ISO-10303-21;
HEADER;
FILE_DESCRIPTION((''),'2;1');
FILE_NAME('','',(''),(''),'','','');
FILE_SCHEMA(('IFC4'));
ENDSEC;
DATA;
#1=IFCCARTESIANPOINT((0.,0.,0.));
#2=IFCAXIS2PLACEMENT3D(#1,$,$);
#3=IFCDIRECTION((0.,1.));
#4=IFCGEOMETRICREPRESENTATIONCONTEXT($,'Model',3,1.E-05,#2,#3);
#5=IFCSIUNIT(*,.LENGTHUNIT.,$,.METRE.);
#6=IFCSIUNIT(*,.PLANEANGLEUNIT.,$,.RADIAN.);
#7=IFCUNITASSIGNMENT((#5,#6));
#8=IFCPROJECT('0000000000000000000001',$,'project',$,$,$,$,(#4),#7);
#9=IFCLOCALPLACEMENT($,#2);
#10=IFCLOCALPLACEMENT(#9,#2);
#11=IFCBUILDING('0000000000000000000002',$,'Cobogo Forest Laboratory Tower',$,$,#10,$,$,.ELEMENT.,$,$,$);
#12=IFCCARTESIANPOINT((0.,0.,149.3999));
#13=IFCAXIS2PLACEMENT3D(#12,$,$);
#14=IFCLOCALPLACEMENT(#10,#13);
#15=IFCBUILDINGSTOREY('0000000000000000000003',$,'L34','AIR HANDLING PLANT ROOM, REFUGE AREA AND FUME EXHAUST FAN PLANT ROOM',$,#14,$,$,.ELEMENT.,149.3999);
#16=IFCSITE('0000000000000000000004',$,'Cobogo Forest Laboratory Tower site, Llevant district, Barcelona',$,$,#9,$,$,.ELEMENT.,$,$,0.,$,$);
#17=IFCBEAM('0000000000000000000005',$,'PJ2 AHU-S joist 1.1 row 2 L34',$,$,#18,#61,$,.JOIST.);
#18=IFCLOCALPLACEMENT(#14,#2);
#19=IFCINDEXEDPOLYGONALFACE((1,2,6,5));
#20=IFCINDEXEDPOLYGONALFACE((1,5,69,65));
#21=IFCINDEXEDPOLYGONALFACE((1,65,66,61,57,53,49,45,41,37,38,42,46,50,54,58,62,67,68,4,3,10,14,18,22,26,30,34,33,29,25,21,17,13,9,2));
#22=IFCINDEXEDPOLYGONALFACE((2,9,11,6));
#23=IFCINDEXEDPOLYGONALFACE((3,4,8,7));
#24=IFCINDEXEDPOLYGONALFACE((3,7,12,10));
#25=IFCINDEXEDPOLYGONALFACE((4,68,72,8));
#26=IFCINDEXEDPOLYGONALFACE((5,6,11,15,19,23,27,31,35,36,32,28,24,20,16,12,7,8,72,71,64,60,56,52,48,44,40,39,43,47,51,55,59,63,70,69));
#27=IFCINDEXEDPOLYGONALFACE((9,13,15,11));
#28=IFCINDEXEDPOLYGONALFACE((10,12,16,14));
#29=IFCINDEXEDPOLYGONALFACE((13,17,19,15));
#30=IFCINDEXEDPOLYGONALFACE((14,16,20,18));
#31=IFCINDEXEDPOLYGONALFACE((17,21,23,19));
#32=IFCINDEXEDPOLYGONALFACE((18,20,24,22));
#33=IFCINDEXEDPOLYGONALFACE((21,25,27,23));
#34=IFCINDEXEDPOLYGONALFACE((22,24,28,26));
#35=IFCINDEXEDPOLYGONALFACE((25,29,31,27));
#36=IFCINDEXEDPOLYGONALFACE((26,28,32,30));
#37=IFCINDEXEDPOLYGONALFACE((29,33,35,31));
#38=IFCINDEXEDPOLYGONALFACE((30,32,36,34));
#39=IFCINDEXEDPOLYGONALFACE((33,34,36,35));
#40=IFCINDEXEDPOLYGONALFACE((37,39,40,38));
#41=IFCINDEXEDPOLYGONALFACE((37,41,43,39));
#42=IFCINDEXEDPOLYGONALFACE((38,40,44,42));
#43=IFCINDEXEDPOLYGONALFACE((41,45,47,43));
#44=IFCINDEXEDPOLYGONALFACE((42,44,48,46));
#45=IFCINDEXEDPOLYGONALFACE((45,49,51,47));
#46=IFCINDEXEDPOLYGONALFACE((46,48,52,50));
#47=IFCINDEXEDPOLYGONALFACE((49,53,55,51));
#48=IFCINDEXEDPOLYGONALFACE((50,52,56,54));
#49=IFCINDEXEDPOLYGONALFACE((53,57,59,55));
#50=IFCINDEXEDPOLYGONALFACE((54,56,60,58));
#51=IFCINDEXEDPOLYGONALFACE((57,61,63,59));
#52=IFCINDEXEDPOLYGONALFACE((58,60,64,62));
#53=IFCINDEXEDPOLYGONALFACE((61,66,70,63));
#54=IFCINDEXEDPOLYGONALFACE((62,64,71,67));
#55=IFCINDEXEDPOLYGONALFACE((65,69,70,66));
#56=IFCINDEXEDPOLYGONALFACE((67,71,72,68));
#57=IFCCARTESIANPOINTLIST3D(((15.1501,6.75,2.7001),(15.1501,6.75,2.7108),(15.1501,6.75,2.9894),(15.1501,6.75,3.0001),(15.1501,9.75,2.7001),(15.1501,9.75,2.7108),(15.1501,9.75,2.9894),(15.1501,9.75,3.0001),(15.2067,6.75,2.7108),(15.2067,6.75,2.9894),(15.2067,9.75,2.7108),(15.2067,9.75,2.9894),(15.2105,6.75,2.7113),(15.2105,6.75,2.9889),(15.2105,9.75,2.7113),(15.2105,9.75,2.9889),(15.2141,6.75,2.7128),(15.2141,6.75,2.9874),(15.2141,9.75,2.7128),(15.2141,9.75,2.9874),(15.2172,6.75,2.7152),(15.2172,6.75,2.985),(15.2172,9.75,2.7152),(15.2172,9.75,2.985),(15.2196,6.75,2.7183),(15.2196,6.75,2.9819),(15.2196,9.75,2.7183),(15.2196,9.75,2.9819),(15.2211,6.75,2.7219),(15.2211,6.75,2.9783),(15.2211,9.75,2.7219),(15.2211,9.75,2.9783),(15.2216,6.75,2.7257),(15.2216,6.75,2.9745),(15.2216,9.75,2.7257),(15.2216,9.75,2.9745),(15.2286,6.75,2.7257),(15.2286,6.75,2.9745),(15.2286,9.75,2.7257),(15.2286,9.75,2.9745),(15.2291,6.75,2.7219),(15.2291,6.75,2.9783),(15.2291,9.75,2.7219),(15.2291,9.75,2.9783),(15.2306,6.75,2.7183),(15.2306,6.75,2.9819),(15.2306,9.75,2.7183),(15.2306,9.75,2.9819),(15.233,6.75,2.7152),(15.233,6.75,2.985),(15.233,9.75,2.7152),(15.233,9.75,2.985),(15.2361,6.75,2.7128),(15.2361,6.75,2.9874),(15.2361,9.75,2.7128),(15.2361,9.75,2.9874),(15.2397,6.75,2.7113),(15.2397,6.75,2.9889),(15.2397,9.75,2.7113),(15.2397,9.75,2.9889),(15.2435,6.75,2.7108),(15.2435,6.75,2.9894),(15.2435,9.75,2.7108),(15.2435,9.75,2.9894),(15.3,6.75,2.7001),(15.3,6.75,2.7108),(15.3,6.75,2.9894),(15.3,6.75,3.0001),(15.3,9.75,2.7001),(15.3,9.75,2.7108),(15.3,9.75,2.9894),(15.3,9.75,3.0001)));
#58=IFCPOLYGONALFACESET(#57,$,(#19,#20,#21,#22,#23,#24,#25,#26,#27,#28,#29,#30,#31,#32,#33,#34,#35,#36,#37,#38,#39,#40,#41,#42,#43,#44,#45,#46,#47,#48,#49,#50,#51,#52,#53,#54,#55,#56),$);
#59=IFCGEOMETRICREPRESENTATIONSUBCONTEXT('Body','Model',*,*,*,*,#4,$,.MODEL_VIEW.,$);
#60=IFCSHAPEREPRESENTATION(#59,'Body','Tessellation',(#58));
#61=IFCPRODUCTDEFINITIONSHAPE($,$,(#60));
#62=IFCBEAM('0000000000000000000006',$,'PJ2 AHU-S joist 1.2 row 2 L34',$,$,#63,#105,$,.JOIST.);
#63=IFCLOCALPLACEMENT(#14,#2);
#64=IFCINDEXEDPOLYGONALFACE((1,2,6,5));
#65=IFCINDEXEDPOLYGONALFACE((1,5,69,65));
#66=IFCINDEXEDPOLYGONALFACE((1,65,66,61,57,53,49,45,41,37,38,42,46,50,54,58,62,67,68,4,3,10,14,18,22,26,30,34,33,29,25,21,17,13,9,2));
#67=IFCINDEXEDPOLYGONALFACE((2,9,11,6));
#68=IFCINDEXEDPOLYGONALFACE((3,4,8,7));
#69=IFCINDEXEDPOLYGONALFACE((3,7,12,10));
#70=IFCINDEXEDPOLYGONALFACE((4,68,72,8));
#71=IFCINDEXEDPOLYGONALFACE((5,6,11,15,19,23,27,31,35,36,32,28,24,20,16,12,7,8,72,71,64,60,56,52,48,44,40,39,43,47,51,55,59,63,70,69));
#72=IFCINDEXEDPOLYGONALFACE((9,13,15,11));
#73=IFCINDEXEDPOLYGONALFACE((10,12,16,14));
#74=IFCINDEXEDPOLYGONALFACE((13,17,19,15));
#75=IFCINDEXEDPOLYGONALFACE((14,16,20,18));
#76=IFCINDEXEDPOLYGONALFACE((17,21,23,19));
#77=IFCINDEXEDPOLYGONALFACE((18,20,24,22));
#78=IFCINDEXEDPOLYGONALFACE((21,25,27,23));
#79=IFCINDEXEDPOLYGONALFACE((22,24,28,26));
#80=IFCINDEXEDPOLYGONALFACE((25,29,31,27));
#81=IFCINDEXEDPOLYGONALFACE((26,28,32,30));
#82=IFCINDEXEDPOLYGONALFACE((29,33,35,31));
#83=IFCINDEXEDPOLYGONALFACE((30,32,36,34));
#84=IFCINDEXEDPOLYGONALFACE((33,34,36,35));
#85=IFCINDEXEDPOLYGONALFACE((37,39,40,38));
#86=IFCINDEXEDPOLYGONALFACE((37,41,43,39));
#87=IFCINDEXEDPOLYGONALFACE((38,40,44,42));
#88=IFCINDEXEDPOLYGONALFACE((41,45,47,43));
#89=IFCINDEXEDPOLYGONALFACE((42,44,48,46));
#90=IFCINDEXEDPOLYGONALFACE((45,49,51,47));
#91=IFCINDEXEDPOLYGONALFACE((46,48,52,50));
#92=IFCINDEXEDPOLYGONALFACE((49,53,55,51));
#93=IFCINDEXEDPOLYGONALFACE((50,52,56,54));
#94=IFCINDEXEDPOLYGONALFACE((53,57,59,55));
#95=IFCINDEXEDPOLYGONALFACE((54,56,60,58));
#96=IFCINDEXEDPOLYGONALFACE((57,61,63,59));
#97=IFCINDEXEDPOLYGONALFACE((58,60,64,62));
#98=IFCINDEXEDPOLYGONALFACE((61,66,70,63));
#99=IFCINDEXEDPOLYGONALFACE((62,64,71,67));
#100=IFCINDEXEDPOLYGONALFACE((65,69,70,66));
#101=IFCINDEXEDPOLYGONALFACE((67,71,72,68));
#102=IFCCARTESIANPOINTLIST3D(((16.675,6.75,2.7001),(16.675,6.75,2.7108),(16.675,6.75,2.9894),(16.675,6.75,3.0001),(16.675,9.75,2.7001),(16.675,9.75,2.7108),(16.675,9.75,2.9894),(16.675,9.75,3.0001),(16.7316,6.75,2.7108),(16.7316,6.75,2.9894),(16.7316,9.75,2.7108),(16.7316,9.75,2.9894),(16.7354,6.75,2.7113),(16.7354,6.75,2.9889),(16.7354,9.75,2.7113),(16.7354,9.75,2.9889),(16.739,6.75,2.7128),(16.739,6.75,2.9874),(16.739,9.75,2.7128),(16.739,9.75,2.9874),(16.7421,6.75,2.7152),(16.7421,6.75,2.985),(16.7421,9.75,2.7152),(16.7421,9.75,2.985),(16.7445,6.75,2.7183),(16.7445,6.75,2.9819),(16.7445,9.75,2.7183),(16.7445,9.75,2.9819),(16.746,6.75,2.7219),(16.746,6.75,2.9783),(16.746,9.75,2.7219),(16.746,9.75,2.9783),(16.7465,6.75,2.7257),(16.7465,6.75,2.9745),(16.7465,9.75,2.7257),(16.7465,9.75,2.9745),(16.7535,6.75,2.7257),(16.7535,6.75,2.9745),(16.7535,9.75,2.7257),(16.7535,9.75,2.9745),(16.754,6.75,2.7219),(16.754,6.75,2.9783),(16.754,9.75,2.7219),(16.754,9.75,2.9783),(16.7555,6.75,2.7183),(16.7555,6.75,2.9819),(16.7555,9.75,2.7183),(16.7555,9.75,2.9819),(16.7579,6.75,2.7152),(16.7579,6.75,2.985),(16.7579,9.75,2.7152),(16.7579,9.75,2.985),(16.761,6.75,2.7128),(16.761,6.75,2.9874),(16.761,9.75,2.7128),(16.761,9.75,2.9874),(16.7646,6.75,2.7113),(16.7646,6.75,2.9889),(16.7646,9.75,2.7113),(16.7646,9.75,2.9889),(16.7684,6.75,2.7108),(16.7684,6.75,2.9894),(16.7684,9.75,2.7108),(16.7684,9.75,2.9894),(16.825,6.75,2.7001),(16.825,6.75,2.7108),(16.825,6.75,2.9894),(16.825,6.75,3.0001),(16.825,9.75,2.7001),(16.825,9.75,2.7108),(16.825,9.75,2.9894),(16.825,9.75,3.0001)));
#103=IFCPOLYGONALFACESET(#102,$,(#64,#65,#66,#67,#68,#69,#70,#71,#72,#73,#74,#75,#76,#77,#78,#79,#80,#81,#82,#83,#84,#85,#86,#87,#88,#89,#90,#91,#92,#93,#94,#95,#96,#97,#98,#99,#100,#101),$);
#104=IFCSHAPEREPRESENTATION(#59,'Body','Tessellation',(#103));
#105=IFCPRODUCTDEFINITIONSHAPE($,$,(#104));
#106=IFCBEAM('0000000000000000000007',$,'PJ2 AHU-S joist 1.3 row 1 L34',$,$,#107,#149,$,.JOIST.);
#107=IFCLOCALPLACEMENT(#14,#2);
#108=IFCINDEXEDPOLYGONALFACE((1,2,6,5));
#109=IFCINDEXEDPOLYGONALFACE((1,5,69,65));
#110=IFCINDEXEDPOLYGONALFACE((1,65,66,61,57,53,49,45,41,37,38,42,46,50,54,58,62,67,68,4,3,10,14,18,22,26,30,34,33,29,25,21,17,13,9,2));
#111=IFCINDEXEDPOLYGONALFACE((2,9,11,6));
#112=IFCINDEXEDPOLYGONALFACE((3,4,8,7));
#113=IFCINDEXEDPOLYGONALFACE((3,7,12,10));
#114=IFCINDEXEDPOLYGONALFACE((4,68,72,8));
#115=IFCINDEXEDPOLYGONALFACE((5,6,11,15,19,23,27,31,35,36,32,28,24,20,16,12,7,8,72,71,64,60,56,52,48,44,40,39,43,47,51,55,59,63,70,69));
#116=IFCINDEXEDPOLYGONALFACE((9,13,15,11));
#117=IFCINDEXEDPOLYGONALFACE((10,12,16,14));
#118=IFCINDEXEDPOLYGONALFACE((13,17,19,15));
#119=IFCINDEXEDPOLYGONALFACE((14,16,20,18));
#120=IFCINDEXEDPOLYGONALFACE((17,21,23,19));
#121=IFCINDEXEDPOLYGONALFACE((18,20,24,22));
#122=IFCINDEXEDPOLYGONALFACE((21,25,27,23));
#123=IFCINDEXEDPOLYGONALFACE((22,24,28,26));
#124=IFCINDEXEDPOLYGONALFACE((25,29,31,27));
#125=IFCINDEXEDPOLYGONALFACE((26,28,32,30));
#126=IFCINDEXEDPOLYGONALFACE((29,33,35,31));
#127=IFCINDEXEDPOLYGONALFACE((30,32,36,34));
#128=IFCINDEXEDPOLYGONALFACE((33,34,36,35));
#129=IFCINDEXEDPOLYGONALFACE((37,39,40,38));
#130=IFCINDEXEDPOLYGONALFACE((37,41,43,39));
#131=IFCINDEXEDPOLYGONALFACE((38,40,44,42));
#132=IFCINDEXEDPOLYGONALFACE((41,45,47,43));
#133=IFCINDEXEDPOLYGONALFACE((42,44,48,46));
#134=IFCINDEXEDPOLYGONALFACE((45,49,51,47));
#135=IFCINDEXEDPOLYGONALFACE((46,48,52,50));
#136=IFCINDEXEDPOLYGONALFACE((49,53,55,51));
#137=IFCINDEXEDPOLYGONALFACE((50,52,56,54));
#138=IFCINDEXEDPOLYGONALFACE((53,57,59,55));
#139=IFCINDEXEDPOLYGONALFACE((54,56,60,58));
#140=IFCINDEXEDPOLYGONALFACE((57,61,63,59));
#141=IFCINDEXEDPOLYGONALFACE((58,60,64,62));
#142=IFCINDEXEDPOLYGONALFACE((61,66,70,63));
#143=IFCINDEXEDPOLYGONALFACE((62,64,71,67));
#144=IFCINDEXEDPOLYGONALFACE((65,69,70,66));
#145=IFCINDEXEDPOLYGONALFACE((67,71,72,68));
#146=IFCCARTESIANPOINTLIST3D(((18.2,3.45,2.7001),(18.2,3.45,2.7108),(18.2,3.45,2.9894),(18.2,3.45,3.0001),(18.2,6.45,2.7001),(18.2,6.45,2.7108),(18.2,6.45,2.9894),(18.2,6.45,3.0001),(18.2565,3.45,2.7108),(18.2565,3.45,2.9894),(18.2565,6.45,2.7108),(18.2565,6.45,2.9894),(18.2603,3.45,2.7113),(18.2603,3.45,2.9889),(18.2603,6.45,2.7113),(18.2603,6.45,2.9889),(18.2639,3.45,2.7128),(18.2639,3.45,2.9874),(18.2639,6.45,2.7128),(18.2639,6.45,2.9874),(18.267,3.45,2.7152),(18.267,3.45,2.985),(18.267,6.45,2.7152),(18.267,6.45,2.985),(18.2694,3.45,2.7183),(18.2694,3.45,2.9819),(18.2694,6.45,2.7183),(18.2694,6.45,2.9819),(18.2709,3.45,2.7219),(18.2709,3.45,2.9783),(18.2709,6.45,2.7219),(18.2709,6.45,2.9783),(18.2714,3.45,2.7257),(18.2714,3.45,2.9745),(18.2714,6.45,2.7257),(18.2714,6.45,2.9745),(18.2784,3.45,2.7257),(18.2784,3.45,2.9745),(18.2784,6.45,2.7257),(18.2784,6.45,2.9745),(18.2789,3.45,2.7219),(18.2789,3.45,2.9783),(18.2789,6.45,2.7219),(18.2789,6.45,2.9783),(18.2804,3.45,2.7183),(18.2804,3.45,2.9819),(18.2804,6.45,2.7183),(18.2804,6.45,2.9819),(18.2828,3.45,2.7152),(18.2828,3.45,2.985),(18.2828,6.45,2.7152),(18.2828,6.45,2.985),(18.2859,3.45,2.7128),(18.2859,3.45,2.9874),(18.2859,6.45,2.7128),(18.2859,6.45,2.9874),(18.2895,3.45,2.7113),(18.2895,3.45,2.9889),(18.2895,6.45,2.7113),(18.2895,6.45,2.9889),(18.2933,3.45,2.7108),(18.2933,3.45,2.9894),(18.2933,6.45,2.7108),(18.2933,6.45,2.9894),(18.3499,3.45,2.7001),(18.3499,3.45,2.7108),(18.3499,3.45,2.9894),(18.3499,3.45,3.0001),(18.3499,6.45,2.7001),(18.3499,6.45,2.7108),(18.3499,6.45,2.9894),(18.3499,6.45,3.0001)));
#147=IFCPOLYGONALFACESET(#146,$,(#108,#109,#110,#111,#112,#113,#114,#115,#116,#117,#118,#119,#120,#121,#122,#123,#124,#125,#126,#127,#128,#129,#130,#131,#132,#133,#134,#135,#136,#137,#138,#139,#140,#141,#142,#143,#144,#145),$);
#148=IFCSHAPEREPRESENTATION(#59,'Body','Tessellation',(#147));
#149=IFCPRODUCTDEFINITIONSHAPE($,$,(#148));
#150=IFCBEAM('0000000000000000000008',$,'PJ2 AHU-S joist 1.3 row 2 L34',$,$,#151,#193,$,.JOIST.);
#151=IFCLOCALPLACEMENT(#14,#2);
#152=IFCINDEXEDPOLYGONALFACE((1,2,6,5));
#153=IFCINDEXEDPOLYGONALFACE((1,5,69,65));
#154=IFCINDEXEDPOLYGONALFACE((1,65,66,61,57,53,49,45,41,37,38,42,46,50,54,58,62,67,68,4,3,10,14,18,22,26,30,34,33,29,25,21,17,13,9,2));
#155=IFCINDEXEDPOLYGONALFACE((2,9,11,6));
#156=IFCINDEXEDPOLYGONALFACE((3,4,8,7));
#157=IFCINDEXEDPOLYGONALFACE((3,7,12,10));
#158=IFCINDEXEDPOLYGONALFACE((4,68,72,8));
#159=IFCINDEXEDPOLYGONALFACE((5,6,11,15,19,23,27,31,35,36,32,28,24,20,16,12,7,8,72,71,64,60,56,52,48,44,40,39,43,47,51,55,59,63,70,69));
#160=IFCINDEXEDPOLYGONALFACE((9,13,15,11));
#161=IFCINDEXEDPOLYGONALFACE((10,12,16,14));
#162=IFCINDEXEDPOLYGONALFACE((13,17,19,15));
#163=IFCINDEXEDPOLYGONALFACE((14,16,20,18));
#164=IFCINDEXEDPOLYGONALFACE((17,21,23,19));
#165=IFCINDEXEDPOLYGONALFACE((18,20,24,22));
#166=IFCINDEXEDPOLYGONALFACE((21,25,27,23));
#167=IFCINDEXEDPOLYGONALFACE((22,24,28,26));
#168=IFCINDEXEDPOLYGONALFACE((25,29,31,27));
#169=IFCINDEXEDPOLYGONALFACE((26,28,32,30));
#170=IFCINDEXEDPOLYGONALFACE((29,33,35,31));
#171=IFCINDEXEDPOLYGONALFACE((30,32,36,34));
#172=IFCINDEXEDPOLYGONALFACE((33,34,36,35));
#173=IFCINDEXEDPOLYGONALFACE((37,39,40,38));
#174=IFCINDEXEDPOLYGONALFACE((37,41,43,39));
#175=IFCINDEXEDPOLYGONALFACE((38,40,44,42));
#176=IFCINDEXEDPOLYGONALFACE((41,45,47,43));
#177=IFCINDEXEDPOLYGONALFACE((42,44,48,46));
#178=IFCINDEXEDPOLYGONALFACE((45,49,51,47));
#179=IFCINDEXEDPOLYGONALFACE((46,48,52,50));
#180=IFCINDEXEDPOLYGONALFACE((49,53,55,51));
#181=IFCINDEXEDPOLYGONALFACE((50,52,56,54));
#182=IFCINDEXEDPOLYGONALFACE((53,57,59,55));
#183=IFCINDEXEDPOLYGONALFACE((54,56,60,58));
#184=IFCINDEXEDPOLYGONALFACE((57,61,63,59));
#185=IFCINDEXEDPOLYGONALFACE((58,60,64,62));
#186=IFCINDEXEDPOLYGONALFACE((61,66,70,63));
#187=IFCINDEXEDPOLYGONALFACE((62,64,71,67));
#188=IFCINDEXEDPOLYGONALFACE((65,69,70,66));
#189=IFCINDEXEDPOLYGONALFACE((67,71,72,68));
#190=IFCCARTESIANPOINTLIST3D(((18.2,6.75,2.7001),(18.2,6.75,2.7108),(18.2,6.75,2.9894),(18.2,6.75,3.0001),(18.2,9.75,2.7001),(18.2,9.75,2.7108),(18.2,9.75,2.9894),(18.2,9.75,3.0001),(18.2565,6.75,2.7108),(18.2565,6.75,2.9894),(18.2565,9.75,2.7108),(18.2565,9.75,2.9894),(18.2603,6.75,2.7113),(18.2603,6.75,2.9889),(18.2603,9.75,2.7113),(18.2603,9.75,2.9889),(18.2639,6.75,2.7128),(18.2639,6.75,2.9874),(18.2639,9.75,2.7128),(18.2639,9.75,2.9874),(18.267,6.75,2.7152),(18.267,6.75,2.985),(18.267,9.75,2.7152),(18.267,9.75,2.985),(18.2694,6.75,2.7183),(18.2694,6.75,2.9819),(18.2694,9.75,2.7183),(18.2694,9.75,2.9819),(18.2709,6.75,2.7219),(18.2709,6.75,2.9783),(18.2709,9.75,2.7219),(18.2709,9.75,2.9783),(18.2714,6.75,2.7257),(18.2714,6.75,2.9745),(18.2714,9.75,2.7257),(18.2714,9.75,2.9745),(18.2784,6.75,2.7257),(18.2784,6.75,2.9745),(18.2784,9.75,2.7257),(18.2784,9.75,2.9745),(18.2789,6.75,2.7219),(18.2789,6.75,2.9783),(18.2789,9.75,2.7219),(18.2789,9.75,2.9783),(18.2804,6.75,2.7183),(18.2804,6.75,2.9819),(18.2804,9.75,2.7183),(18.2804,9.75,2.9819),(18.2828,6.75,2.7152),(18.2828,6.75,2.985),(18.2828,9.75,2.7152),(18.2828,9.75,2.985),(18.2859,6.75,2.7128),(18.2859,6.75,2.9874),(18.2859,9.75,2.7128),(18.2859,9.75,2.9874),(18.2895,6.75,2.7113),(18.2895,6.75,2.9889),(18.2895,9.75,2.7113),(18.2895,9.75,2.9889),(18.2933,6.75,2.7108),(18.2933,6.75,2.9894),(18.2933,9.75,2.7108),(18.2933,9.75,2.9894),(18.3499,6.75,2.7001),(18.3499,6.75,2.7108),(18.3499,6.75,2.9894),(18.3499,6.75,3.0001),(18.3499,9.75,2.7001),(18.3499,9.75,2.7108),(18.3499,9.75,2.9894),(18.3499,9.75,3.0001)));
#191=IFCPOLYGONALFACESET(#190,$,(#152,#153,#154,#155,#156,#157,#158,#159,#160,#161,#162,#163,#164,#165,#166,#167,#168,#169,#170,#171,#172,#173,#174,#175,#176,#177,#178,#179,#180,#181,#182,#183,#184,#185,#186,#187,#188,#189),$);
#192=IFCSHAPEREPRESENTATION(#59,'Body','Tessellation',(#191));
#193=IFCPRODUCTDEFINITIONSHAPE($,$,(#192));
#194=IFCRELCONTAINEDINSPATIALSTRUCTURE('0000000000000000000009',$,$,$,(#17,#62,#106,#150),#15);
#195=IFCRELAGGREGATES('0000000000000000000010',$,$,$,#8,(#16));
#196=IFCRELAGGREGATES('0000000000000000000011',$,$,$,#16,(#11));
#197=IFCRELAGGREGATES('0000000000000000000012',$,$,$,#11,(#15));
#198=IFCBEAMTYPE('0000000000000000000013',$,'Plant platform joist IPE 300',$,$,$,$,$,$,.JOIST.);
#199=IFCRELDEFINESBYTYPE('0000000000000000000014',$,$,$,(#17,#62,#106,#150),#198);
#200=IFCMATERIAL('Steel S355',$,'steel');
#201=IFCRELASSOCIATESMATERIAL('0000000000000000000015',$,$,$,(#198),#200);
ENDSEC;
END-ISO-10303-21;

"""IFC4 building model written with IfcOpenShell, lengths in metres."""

from ifc_helpers import new_model, si_unit, direction, frame, origin, origin_2d, place, context, subcontext, project, spatial, i_section, extrude, material, material_profile, profile_set, type_object, element, save


model = new_model("IFC4")

# Units and contexts
model_context = context("Model", 3, precision=1e-05, world=origin(), true_north=direction((0.0, 1.0)))
body_context = subcontext(model_context, "Body", "Model", "MODEL_VIEW")
ifc_project = project(units=[si_unit("LENGTHUNIT", "METRE"), si_unit("PLANEANGLEUNIT", "RADIAN")], contexts=[model_context])

# Site, building, storey
site_placement = place(None, origin())
site = spatial("IfcSite", under=ifc_project, at=site_placement, Name="Cobogo Forest Laboratory Tower site, Llevant district, Barcelona", CompositionType="ELEMENT", RefElevation=0.0)
building_placement = place(site_placement, origin())
building = spatial("IfcBuilding", under=site, at=building_placement, Name="Cobogo Forest Laboratory Tower", CompositionType="ELEMENT")
storey_placement = place(building_placement, frame((0.0, 0.0, 149.3999)))
storey = spatial("IfcBuildingStorey", under=building, at=storey_placement, Name="L34", Description="AIR HANDLING PLANT ROOM, REFUGE AREA AND FUME EXHAUST FAN PLANT ROOM", CompositionType="ELEMENT", Elevation=149.3999)

# Beams
ifc_material_1 = material(Name="Steel S355", Category="steel")
ifc_material_profile_1 = material_profile(ifc_material_1, i_section(OverallWidth=0.1499, OverallDepth=0.3, WebThickness=0.0071, FlangeThickness=0.0107, FilletRadius=0.0149, at=origin_2d()), Name="IPE 300")
ifc_profile_set_1 = profile_set([ifc_material_profile_1], Name="Steel S355")
beam_type_1 = type_object("IfcBeamType", Name="Plant platform joist IPE 300", PredefinedType="JOIST", material=ifc_profile_set_1)
for number, where, z_axis, x_axis, name in (
    (1, (15.2251, 6.75, 2.8501), (0.0, 1.0, 0.0), (-1.0, 0.0, 0.0), "PJ2 AHU-S joist 1.1 row 2 L34"),
    (2, (16.75, 6.75, 2.8501), (0.0, 1.0, 0.0), (-1.0, 0.0, 0.0), "PJ2 AHU-S joist 1.2 row 2 L34"),
    (3, (18.2749, 3.45, 2.8501), (0.0, 1.0, 0.0), (-1.0, 0.0, 0.0), "PJ2 AHU-S joist 1.3 row 1 L34"),
    (4, (18.2749, 6.75, 2.8501), (0.0, 1.0, 0.0), (-1.0, 0.0, 0.0), "PJ2 AHU-S joist 1.3 row 2 L34"),
):
    element("IfcBeam", number, at=place(storey_placement, frame(where, z_axis=z_axis, x_axis=x_axis)), inside=storey, type_object=beam_type_1, Name=name, PredefinedType="JOIST", context=body_context, shape_type="SweptSolid", body=[
        extrude(i_section(OverallWidth=0.1499, OverallDepth=0.3, WebThickness=0.0071, FlangeThickness=0.0107, FilletRadius=0.0149, at=origin_2d()), origin(), (0.0, 0.0, 1.0), 3.0),
    ])

save(model, "model.ifc")
